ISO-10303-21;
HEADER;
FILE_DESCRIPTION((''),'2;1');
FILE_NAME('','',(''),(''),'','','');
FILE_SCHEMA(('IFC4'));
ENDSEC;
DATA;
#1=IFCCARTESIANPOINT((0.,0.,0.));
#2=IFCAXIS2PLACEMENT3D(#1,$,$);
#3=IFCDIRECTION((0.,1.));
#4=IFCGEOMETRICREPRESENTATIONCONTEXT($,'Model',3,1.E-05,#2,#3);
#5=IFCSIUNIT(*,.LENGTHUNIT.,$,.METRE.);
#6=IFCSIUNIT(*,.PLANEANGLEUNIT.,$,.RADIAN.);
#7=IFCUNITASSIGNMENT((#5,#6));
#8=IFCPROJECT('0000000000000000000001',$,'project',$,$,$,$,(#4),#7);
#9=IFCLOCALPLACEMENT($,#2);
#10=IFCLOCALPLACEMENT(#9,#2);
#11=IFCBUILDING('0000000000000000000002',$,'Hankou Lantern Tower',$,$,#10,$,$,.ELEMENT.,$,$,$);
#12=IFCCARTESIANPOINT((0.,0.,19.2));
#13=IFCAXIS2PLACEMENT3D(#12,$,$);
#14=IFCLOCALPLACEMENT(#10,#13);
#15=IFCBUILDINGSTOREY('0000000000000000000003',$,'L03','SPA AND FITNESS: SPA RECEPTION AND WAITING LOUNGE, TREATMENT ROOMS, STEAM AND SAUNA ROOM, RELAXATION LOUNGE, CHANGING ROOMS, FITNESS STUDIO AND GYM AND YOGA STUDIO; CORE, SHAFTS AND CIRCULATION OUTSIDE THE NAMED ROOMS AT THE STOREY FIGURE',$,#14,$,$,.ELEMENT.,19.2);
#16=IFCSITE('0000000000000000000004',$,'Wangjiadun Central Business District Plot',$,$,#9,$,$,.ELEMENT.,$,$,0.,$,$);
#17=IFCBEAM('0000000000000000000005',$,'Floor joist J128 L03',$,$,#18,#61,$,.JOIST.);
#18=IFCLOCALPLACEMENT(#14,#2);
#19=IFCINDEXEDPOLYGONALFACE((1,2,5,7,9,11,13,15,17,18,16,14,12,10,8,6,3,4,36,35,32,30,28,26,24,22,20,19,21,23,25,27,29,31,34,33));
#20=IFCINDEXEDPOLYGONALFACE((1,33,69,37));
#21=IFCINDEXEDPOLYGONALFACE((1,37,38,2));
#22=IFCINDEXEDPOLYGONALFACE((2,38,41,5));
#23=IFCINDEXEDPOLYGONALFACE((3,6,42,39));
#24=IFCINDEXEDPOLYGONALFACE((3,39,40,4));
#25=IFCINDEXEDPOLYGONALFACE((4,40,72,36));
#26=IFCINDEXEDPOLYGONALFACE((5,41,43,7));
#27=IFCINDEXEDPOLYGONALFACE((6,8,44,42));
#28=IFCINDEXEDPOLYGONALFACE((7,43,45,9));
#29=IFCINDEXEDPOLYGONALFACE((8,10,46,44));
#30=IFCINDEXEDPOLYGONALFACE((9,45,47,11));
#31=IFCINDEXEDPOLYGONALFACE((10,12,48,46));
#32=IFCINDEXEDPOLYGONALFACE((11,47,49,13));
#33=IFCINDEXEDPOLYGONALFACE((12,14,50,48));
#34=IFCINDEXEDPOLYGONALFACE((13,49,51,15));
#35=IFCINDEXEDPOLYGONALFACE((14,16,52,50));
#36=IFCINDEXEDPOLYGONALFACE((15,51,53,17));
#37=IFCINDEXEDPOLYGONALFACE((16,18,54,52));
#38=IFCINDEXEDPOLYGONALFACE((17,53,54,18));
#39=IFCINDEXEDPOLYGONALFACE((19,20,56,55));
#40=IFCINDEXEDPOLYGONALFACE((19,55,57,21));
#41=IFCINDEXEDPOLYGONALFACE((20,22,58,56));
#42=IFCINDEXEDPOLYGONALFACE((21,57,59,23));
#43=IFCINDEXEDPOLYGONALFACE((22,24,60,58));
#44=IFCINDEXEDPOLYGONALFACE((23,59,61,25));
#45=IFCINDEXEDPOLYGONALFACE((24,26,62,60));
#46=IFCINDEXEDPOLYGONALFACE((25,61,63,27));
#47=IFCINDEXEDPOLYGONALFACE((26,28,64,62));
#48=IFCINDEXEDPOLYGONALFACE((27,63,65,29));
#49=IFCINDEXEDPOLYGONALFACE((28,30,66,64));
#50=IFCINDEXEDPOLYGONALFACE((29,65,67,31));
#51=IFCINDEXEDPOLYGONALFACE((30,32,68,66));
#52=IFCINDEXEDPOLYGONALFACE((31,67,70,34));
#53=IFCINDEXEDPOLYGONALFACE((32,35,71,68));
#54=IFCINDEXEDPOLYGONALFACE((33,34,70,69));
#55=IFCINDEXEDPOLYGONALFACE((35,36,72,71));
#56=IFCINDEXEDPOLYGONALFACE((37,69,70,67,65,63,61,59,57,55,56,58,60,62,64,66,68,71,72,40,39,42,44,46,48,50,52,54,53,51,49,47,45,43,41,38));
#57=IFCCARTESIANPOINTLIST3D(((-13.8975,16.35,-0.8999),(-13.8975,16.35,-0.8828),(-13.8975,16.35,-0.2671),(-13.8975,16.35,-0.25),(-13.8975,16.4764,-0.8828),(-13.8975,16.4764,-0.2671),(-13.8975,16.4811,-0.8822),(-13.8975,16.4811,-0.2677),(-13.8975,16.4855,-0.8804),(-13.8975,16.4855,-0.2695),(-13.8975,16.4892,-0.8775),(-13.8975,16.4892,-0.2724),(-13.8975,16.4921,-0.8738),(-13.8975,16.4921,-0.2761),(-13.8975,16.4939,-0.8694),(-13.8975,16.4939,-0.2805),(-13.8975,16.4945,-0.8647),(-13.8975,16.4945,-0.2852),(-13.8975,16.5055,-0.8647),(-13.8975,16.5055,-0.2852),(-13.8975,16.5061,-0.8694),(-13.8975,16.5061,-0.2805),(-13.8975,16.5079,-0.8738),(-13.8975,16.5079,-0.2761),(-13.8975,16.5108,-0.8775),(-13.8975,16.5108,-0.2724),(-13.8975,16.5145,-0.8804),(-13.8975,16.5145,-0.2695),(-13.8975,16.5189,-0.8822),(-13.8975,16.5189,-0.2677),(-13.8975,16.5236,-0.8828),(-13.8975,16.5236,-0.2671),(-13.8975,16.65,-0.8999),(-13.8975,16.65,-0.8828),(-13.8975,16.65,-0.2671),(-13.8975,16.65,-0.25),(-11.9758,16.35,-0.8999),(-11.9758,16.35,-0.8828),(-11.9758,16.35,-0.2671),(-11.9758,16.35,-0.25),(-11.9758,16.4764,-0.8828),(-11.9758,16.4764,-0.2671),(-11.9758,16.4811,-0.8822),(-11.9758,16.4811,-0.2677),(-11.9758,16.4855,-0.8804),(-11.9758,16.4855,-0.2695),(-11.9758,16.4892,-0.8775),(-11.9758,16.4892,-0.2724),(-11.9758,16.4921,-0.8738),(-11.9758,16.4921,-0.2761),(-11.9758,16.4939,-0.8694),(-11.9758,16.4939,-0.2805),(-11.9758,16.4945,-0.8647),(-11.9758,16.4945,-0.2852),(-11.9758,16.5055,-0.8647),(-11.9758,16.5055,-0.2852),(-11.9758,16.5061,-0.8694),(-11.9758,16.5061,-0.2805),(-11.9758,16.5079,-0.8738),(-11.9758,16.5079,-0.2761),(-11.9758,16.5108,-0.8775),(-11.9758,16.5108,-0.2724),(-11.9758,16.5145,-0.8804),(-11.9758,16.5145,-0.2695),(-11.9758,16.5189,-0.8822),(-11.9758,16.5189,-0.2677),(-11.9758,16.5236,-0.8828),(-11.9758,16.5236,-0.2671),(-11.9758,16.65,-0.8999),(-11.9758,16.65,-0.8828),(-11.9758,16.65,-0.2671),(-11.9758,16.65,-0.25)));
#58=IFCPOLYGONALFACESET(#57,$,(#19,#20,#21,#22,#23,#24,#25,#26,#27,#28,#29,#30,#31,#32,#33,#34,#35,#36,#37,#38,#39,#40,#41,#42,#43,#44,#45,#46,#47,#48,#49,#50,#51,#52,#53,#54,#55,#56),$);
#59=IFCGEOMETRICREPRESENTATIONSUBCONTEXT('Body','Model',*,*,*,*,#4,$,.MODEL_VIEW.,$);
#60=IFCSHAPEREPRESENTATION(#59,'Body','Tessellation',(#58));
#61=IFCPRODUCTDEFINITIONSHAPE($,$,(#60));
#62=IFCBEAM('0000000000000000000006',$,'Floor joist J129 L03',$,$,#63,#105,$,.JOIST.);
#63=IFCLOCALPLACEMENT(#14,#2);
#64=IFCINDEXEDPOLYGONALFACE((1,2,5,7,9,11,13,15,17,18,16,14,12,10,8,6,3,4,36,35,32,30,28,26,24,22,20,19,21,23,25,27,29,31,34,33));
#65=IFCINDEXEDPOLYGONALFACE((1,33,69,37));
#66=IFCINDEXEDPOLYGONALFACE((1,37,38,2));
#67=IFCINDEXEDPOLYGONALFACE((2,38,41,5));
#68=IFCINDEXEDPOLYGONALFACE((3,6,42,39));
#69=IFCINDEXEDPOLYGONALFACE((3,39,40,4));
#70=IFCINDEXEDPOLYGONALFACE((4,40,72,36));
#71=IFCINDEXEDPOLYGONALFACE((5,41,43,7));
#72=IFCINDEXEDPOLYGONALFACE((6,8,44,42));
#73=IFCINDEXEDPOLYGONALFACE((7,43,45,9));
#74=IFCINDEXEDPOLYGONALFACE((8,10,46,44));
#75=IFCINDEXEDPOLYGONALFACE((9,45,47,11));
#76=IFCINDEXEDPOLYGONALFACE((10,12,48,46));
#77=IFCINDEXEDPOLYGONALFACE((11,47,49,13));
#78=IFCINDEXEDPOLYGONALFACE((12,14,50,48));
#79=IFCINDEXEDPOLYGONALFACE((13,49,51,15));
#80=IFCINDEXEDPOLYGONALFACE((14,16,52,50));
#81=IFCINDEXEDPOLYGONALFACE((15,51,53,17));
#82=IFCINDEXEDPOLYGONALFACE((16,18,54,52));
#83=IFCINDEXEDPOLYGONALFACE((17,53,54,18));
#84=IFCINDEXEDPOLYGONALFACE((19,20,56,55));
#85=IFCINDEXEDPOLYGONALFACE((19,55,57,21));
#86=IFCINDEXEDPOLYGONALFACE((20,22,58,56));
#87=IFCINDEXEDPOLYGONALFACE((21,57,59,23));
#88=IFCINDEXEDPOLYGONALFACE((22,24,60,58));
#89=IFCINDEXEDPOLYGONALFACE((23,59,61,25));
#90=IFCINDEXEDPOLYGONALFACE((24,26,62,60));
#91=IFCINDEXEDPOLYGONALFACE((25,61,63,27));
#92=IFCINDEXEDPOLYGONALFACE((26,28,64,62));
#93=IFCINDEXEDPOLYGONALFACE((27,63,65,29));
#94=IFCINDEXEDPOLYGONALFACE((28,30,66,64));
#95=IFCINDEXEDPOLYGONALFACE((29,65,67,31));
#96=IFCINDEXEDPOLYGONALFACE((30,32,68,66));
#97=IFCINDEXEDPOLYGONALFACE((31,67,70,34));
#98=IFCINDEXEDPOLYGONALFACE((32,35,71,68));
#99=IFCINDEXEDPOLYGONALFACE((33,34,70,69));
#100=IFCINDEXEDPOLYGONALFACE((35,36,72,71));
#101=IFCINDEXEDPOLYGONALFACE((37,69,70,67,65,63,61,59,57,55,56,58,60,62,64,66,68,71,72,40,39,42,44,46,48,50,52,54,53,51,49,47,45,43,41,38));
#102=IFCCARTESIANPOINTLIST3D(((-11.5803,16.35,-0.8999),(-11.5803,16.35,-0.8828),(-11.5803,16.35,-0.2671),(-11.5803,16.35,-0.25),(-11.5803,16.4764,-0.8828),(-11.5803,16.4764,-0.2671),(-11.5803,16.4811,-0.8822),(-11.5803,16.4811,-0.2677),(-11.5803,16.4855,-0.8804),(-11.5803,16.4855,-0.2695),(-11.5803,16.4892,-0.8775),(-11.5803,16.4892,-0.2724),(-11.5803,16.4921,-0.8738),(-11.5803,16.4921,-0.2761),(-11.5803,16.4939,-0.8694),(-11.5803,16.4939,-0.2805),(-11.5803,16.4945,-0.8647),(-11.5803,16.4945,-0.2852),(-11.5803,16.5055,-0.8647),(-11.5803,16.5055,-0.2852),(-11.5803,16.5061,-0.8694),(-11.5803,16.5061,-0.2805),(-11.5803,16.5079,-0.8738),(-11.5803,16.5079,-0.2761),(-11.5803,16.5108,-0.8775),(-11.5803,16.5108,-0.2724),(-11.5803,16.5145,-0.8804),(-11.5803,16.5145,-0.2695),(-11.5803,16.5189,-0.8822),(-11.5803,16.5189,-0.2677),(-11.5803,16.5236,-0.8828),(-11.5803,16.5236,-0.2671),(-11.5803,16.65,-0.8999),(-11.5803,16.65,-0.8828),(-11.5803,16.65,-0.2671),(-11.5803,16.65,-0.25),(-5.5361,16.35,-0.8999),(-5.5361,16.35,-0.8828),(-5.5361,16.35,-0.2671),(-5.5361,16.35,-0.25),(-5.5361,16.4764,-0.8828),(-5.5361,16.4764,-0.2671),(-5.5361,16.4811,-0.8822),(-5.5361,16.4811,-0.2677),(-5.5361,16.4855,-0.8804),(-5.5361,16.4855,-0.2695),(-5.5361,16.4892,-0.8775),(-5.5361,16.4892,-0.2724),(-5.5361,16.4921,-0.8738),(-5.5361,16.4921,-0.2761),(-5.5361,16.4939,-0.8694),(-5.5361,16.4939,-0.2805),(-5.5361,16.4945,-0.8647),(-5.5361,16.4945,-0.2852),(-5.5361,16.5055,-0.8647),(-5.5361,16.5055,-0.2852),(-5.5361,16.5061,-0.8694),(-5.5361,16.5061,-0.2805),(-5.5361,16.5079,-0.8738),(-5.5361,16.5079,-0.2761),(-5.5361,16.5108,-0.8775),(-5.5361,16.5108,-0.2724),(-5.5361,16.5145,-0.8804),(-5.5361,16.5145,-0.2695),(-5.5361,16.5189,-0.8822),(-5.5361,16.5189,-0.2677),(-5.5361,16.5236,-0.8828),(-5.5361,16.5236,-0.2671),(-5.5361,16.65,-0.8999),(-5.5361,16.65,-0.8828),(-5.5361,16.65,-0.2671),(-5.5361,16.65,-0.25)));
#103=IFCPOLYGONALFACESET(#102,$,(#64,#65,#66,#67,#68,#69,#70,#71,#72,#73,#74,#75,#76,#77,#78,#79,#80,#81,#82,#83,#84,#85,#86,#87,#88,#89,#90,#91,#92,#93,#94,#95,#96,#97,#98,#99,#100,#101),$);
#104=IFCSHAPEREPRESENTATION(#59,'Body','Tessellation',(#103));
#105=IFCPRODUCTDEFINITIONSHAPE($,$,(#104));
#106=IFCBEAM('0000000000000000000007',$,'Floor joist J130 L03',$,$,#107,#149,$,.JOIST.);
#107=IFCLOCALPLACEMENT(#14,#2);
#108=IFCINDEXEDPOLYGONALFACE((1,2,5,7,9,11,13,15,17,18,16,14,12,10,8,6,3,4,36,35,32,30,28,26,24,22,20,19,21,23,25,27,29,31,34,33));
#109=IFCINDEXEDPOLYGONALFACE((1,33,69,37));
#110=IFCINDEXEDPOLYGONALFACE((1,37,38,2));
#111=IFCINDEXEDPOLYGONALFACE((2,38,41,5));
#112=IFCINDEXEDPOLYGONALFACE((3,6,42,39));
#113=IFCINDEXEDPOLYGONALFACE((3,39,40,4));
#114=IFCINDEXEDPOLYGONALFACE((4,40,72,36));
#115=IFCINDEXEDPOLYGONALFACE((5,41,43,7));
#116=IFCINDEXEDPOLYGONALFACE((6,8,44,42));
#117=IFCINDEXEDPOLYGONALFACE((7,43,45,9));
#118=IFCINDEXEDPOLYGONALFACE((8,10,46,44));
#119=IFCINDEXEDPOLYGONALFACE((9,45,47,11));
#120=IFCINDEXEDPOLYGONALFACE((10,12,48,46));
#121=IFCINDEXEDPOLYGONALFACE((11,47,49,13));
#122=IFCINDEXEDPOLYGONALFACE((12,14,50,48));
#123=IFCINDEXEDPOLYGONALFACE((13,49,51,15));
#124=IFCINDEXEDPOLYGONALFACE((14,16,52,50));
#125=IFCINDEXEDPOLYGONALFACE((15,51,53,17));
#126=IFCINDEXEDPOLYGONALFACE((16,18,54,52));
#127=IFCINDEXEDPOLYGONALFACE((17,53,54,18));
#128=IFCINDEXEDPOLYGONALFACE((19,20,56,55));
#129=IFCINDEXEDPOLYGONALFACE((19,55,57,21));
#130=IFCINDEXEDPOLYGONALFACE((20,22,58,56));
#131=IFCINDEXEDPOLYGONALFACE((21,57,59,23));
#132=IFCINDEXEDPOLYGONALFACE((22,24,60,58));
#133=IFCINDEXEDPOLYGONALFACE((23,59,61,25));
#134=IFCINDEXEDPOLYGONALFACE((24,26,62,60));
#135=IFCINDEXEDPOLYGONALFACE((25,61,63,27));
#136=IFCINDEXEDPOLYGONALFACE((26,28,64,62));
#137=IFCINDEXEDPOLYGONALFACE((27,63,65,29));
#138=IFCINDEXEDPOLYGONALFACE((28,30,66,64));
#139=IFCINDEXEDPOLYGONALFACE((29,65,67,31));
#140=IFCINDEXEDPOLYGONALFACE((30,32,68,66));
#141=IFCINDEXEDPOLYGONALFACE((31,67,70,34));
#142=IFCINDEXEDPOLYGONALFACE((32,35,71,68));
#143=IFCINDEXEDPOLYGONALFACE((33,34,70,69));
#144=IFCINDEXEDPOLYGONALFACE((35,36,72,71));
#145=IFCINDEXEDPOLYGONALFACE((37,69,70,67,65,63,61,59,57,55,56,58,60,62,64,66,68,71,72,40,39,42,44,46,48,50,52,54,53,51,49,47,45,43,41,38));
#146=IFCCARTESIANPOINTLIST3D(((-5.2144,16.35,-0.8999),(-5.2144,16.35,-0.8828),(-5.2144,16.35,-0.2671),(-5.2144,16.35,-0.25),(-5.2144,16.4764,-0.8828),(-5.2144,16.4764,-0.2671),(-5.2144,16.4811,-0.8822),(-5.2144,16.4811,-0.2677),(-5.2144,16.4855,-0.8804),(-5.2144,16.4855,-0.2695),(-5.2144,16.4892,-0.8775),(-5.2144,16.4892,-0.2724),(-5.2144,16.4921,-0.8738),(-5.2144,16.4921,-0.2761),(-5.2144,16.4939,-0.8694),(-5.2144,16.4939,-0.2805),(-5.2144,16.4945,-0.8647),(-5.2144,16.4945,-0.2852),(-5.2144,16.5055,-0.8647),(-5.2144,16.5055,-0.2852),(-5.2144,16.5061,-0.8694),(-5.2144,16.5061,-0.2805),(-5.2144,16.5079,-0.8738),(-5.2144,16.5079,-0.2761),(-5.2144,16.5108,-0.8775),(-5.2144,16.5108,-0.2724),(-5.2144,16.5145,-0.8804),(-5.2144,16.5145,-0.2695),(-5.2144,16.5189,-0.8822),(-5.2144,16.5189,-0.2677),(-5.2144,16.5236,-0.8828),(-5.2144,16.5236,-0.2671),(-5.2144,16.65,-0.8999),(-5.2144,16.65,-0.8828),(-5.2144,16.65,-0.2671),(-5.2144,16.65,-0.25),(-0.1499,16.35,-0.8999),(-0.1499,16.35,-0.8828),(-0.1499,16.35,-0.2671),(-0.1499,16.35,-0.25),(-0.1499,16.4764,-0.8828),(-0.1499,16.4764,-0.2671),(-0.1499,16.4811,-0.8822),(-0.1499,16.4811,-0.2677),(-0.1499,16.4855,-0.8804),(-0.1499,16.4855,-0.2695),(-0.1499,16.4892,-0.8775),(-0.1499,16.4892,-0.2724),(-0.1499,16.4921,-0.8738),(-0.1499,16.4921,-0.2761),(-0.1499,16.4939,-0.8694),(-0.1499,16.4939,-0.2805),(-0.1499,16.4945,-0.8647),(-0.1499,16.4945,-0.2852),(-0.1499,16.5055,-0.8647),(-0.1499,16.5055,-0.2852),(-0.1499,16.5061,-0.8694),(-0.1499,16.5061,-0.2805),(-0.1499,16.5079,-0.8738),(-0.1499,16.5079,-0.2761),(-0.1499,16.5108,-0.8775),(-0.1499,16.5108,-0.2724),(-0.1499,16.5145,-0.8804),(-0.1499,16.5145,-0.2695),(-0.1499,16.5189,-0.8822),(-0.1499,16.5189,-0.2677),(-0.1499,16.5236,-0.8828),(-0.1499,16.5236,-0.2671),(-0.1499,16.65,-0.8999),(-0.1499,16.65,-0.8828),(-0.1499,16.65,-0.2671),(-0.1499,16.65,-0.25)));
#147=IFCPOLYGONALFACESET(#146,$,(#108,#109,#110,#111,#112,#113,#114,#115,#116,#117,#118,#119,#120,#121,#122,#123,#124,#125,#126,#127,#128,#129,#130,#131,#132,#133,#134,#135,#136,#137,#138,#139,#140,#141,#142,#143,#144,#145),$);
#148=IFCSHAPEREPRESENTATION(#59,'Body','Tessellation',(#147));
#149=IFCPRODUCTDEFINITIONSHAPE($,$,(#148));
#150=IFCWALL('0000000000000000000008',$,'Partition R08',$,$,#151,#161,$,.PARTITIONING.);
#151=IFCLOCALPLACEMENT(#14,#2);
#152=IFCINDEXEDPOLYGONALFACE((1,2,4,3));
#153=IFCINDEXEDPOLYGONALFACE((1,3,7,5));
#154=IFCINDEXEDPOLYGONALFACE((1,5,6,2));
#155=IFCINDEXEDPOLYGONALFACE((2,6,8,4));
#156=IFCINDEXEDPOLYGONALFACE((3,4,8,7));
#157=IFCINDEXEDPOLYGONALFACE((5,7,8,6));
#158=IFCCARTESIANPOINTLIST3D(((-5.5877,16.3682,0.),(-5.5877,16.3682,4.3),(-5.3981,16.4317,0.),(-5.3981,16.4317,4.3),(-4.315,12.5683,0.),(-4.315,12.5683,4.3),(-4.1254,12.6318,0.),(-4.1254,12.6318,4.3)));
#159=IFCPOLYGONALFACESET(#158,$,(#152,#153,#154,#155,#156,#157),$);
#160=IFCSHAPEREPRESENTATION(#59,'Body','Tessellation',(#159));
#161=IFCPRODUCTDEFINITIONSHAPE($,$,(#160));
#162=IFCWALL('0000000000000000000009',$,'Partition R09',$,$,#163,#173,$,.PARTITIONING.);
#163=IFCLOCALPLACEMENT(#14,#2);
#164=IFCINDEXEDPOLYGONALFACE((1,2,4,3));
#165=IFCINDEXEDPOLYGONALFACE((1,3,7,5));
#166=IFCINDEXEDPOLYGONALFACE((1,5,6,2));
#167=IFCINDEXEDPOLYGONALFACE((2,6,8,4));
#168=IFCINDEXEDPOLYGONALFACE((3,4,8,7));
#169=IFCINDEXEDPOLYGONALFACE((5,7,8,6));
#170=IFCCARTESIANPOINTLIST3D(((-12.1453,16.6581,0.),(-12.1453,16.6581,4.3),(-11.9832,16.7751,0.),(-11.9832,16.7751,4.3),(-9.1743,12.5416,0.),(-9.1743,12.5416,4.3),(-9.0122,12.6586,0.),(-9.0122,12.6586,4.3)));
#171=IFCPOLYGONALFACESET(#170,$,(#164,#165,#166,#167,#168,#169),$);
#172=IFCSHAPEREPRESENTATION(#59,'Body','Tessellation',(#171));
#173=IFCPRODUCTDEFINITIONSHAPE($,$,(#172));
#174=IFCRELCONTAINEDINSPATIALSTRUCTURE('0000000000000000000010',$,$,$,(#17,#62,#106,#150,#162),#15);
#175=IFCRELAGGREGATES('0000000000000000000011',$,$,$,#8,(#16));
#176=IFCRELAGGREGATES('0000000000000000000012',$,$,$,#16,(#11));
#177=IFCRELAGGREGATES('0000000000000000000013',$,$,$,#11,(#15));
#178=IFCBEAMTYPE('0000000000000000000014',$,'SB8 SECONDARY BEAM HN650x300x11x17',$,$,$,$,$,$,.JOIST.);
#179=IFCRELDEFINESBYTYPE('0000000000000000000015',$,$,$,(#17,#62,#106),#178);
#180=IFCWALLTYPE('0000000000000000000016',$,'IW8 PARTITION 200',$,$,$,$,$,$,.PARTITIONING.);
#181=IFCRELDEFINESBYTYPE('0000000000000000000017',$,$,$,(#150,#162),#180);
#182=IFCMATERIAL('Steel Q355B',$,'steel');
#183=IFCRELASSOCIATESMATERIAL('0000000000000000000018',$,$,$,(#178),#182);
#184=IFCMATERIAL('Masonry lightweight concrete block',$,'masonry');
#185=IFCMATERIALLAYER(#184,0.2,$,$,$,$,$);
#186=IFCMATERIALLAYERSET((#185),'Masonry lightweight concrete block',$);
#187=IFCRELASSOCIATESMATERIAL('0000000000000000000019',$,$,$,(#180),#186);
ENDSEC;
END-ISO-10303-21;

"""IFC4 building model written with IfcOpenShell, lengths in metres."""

from ifc_helpers import new_model, si_unit, direction, frame, frame_2d, origin, origin_2d, place, context, subcontext, project, spatial, rectangle, i_section, extrude, material, layer, layer_set, material_profile, profile_set, type_object, element, save


model = new_model("IFC4")

# Units and contexts
model_context = context("Model", 3, precision=1e-05, world=origin(), true_north=direction((0.0, 1.0)))
body_context = subcontext(model_context, "Body", "Model", "MODEL_VIEW")
ifc_project = project(units=[si_unit("LENGTHUNIT", "METRE"), si_unit("PLANEANGLEUNIT", "RADIAN")], contexts=[model_context])

# Site, building, storey
site_placement = place(None, origin())
site = spatial("IfcSite", under=ifc_project, at=site_placement, Name="Wangjiadun Central Business District Plot", CompositionType="ELEMENT", RefElevation=0.0)
building_placement = place(site_placement, origin())
building = spatial("IfcBuilding", under=site, at=building_placement, Name="Hankou Lantern Tower", CompositionType="ELEMENT")
storey_placement = place(building_placement, frame((0.0, 0.0, 19.2)))
storey = spatial("IfcBuildingStorey", under=building, at=storey_placement, Name="L03", Description="SPA AND FITNESS: SPA RECEPTION AND WAITING LOUNGE, TREATMENT ROOMS, STEAM AND SAUNA ROOM, RELAXATION LOUNGE, CHANGING ROOMS, FITNESS STUDIO AND GYM AND YOGA STUDIO; CORE, SHAFTS AND CIRCULATION OUTSIDE THE NAMED ROOMS AT THE STOREY FIGURE", CompositionType="ELEMENT", Elevation=19.2)

# Beams
ifc_material_1 = material(Name="Steel Q355B", Category="steel")
ifc_material_profile_1 = material_profile(ifc_material_1, i_section(OverallWidth=0.3, OverallDepth=0.6499, WebThickness=0.011, FlangeThickness=0.0171, FilletRadius=0.0181, at=origin_2d()), Name="HN650x300x11x17")
ifc_profile_set_1 = profile_set([ifc_material_profile_1], Name="Steel Q355B")
beam_type_1 = type_object("IfcBeamType", Name="SB8 SECONDARY BEAM HN650x300x11x17", PredefinedType="JOIST", material=ifc_profile_set_1)
beam_1_placement = place(storey_placement, frame((-13.8975, 16.5, -0.575), z_axis=(1.0, 0.0, 0.0), x_axis=(0.0, 1.0, 0.0)))
element("IfcBeam", 1, at=beam_1_placement, inside=storey, type_object=beam_type_1, Name="Floor joist J128 L03", PredefinedType="JOIST", context=body_context, shape_type="SweptSolid", body=[
    extrude(i_section(OverallWidth=0.3, OverallDepth=0.6499, WebThickness=0.011, FlangeThickness=0.0171, FilletRadius=0.0181, at=origin_2d()), origin(), (0.0, 0.0, 1.0), 1.9216),
])
beam_2_placement = place(storey_placement, frame((-11.5803, 16.5, -0.575), z_axis=(1.0, 0.0, 0.0), x_axis=(0.0, 1.0, 0.0)))
element("IfcBeam", 2, at=beam_2_placement, inside=storey, type_object=beam_type_1, Name="Floor joist J129 L03", PredefinedType="JOIST", context=body_context, shape_type="SweptSolid", body=[
    extrude(i_section(OverallWidth=0.3, OverallDepth=0.6499, WebThickness=0.011, FlangeThickness=0.0171, FilletRadius=0.0181, at=origin_2d()), origin(), (0.0, 0.0, 1.0), 6.0442),
])
beam_3_placement = place(storey_placement, frame((-5.2144, 16.5, -0.575), z_axis=(1.0, 0.0, 0.0), x_axis=(0.0, 1.0, 0.0)))
element("IfcBeam", 3, at=beam_3_placement, inside=storey, type_object=beam_type_1, Name="Floor joist J130 L03", PredefinedType="JOIST", context=body_context, shape_type="SweptSolid", body=[
    extrude(i_section(OverallWidth=0.3, OverallDepth=0.6499, WebThickness=0.011, FlangeThickness=0.0171, FilletRadius=0.0181, at=origin_2d()), origin(), (0.0, 0.0, 1.0), 5.0645),
])

# Walls
ifc_material_2 = material(Name="Masonry lightweight concrete block", Category="masonry")
ifc_layer = layer(ifc_material_2, 0.2)
ifc_layer_set = layer_set([ifc_layer], Name="Masonry lightweight concrete block")
wall_type = type_object("IfcWallType", Name="IW8 PARTITION 200", PredefinedType="PARTITIONING", material=ifc_layer_set)
wall_1_placement = place(storey_placement, frame((-4.2202, 12.6001, 0.0), z_axis=(0.0, 0.0, 1.0), x_axis=(-0.317598, 0.948225, 0.0)))
element("IfcWall", 4, at=wall_1_placement, inside=storey, type_object=wall_type, Name="Partition R08", PredefinedType="PARTITIONING", context=body_context, shape_type="SweptSolid", body=[
    extrude(rectangle(XDim=4.0073, YDim=0.2, at=frame_2d((2.0037, 0.0))), origin(), (0.0, 0.0, 1.0), 4.3),
])
wall_2_placement = place(storey_placement, frame((-9.0933, 12.6001, 0.0), z_axis=(0.0, 0.0, 1.0), x_axis=(-0.585225, 0.810871, 0.0)))
element("IfcWall", 5, at=wall_2_placement, inside=storey, type_object=wall_type, Name="Partition R09", PredefinedType="PARTITIONING", context=body_context, shape_type="SweptSolid", body=[
    extrude(rectangle(XDim=5.0767, YDim=0.2, at=frame_2d((2.5383, 0.0))), origin(), (0.0, 0.0, 1.0), 4.3),
])

save(model, "model.ifc")
